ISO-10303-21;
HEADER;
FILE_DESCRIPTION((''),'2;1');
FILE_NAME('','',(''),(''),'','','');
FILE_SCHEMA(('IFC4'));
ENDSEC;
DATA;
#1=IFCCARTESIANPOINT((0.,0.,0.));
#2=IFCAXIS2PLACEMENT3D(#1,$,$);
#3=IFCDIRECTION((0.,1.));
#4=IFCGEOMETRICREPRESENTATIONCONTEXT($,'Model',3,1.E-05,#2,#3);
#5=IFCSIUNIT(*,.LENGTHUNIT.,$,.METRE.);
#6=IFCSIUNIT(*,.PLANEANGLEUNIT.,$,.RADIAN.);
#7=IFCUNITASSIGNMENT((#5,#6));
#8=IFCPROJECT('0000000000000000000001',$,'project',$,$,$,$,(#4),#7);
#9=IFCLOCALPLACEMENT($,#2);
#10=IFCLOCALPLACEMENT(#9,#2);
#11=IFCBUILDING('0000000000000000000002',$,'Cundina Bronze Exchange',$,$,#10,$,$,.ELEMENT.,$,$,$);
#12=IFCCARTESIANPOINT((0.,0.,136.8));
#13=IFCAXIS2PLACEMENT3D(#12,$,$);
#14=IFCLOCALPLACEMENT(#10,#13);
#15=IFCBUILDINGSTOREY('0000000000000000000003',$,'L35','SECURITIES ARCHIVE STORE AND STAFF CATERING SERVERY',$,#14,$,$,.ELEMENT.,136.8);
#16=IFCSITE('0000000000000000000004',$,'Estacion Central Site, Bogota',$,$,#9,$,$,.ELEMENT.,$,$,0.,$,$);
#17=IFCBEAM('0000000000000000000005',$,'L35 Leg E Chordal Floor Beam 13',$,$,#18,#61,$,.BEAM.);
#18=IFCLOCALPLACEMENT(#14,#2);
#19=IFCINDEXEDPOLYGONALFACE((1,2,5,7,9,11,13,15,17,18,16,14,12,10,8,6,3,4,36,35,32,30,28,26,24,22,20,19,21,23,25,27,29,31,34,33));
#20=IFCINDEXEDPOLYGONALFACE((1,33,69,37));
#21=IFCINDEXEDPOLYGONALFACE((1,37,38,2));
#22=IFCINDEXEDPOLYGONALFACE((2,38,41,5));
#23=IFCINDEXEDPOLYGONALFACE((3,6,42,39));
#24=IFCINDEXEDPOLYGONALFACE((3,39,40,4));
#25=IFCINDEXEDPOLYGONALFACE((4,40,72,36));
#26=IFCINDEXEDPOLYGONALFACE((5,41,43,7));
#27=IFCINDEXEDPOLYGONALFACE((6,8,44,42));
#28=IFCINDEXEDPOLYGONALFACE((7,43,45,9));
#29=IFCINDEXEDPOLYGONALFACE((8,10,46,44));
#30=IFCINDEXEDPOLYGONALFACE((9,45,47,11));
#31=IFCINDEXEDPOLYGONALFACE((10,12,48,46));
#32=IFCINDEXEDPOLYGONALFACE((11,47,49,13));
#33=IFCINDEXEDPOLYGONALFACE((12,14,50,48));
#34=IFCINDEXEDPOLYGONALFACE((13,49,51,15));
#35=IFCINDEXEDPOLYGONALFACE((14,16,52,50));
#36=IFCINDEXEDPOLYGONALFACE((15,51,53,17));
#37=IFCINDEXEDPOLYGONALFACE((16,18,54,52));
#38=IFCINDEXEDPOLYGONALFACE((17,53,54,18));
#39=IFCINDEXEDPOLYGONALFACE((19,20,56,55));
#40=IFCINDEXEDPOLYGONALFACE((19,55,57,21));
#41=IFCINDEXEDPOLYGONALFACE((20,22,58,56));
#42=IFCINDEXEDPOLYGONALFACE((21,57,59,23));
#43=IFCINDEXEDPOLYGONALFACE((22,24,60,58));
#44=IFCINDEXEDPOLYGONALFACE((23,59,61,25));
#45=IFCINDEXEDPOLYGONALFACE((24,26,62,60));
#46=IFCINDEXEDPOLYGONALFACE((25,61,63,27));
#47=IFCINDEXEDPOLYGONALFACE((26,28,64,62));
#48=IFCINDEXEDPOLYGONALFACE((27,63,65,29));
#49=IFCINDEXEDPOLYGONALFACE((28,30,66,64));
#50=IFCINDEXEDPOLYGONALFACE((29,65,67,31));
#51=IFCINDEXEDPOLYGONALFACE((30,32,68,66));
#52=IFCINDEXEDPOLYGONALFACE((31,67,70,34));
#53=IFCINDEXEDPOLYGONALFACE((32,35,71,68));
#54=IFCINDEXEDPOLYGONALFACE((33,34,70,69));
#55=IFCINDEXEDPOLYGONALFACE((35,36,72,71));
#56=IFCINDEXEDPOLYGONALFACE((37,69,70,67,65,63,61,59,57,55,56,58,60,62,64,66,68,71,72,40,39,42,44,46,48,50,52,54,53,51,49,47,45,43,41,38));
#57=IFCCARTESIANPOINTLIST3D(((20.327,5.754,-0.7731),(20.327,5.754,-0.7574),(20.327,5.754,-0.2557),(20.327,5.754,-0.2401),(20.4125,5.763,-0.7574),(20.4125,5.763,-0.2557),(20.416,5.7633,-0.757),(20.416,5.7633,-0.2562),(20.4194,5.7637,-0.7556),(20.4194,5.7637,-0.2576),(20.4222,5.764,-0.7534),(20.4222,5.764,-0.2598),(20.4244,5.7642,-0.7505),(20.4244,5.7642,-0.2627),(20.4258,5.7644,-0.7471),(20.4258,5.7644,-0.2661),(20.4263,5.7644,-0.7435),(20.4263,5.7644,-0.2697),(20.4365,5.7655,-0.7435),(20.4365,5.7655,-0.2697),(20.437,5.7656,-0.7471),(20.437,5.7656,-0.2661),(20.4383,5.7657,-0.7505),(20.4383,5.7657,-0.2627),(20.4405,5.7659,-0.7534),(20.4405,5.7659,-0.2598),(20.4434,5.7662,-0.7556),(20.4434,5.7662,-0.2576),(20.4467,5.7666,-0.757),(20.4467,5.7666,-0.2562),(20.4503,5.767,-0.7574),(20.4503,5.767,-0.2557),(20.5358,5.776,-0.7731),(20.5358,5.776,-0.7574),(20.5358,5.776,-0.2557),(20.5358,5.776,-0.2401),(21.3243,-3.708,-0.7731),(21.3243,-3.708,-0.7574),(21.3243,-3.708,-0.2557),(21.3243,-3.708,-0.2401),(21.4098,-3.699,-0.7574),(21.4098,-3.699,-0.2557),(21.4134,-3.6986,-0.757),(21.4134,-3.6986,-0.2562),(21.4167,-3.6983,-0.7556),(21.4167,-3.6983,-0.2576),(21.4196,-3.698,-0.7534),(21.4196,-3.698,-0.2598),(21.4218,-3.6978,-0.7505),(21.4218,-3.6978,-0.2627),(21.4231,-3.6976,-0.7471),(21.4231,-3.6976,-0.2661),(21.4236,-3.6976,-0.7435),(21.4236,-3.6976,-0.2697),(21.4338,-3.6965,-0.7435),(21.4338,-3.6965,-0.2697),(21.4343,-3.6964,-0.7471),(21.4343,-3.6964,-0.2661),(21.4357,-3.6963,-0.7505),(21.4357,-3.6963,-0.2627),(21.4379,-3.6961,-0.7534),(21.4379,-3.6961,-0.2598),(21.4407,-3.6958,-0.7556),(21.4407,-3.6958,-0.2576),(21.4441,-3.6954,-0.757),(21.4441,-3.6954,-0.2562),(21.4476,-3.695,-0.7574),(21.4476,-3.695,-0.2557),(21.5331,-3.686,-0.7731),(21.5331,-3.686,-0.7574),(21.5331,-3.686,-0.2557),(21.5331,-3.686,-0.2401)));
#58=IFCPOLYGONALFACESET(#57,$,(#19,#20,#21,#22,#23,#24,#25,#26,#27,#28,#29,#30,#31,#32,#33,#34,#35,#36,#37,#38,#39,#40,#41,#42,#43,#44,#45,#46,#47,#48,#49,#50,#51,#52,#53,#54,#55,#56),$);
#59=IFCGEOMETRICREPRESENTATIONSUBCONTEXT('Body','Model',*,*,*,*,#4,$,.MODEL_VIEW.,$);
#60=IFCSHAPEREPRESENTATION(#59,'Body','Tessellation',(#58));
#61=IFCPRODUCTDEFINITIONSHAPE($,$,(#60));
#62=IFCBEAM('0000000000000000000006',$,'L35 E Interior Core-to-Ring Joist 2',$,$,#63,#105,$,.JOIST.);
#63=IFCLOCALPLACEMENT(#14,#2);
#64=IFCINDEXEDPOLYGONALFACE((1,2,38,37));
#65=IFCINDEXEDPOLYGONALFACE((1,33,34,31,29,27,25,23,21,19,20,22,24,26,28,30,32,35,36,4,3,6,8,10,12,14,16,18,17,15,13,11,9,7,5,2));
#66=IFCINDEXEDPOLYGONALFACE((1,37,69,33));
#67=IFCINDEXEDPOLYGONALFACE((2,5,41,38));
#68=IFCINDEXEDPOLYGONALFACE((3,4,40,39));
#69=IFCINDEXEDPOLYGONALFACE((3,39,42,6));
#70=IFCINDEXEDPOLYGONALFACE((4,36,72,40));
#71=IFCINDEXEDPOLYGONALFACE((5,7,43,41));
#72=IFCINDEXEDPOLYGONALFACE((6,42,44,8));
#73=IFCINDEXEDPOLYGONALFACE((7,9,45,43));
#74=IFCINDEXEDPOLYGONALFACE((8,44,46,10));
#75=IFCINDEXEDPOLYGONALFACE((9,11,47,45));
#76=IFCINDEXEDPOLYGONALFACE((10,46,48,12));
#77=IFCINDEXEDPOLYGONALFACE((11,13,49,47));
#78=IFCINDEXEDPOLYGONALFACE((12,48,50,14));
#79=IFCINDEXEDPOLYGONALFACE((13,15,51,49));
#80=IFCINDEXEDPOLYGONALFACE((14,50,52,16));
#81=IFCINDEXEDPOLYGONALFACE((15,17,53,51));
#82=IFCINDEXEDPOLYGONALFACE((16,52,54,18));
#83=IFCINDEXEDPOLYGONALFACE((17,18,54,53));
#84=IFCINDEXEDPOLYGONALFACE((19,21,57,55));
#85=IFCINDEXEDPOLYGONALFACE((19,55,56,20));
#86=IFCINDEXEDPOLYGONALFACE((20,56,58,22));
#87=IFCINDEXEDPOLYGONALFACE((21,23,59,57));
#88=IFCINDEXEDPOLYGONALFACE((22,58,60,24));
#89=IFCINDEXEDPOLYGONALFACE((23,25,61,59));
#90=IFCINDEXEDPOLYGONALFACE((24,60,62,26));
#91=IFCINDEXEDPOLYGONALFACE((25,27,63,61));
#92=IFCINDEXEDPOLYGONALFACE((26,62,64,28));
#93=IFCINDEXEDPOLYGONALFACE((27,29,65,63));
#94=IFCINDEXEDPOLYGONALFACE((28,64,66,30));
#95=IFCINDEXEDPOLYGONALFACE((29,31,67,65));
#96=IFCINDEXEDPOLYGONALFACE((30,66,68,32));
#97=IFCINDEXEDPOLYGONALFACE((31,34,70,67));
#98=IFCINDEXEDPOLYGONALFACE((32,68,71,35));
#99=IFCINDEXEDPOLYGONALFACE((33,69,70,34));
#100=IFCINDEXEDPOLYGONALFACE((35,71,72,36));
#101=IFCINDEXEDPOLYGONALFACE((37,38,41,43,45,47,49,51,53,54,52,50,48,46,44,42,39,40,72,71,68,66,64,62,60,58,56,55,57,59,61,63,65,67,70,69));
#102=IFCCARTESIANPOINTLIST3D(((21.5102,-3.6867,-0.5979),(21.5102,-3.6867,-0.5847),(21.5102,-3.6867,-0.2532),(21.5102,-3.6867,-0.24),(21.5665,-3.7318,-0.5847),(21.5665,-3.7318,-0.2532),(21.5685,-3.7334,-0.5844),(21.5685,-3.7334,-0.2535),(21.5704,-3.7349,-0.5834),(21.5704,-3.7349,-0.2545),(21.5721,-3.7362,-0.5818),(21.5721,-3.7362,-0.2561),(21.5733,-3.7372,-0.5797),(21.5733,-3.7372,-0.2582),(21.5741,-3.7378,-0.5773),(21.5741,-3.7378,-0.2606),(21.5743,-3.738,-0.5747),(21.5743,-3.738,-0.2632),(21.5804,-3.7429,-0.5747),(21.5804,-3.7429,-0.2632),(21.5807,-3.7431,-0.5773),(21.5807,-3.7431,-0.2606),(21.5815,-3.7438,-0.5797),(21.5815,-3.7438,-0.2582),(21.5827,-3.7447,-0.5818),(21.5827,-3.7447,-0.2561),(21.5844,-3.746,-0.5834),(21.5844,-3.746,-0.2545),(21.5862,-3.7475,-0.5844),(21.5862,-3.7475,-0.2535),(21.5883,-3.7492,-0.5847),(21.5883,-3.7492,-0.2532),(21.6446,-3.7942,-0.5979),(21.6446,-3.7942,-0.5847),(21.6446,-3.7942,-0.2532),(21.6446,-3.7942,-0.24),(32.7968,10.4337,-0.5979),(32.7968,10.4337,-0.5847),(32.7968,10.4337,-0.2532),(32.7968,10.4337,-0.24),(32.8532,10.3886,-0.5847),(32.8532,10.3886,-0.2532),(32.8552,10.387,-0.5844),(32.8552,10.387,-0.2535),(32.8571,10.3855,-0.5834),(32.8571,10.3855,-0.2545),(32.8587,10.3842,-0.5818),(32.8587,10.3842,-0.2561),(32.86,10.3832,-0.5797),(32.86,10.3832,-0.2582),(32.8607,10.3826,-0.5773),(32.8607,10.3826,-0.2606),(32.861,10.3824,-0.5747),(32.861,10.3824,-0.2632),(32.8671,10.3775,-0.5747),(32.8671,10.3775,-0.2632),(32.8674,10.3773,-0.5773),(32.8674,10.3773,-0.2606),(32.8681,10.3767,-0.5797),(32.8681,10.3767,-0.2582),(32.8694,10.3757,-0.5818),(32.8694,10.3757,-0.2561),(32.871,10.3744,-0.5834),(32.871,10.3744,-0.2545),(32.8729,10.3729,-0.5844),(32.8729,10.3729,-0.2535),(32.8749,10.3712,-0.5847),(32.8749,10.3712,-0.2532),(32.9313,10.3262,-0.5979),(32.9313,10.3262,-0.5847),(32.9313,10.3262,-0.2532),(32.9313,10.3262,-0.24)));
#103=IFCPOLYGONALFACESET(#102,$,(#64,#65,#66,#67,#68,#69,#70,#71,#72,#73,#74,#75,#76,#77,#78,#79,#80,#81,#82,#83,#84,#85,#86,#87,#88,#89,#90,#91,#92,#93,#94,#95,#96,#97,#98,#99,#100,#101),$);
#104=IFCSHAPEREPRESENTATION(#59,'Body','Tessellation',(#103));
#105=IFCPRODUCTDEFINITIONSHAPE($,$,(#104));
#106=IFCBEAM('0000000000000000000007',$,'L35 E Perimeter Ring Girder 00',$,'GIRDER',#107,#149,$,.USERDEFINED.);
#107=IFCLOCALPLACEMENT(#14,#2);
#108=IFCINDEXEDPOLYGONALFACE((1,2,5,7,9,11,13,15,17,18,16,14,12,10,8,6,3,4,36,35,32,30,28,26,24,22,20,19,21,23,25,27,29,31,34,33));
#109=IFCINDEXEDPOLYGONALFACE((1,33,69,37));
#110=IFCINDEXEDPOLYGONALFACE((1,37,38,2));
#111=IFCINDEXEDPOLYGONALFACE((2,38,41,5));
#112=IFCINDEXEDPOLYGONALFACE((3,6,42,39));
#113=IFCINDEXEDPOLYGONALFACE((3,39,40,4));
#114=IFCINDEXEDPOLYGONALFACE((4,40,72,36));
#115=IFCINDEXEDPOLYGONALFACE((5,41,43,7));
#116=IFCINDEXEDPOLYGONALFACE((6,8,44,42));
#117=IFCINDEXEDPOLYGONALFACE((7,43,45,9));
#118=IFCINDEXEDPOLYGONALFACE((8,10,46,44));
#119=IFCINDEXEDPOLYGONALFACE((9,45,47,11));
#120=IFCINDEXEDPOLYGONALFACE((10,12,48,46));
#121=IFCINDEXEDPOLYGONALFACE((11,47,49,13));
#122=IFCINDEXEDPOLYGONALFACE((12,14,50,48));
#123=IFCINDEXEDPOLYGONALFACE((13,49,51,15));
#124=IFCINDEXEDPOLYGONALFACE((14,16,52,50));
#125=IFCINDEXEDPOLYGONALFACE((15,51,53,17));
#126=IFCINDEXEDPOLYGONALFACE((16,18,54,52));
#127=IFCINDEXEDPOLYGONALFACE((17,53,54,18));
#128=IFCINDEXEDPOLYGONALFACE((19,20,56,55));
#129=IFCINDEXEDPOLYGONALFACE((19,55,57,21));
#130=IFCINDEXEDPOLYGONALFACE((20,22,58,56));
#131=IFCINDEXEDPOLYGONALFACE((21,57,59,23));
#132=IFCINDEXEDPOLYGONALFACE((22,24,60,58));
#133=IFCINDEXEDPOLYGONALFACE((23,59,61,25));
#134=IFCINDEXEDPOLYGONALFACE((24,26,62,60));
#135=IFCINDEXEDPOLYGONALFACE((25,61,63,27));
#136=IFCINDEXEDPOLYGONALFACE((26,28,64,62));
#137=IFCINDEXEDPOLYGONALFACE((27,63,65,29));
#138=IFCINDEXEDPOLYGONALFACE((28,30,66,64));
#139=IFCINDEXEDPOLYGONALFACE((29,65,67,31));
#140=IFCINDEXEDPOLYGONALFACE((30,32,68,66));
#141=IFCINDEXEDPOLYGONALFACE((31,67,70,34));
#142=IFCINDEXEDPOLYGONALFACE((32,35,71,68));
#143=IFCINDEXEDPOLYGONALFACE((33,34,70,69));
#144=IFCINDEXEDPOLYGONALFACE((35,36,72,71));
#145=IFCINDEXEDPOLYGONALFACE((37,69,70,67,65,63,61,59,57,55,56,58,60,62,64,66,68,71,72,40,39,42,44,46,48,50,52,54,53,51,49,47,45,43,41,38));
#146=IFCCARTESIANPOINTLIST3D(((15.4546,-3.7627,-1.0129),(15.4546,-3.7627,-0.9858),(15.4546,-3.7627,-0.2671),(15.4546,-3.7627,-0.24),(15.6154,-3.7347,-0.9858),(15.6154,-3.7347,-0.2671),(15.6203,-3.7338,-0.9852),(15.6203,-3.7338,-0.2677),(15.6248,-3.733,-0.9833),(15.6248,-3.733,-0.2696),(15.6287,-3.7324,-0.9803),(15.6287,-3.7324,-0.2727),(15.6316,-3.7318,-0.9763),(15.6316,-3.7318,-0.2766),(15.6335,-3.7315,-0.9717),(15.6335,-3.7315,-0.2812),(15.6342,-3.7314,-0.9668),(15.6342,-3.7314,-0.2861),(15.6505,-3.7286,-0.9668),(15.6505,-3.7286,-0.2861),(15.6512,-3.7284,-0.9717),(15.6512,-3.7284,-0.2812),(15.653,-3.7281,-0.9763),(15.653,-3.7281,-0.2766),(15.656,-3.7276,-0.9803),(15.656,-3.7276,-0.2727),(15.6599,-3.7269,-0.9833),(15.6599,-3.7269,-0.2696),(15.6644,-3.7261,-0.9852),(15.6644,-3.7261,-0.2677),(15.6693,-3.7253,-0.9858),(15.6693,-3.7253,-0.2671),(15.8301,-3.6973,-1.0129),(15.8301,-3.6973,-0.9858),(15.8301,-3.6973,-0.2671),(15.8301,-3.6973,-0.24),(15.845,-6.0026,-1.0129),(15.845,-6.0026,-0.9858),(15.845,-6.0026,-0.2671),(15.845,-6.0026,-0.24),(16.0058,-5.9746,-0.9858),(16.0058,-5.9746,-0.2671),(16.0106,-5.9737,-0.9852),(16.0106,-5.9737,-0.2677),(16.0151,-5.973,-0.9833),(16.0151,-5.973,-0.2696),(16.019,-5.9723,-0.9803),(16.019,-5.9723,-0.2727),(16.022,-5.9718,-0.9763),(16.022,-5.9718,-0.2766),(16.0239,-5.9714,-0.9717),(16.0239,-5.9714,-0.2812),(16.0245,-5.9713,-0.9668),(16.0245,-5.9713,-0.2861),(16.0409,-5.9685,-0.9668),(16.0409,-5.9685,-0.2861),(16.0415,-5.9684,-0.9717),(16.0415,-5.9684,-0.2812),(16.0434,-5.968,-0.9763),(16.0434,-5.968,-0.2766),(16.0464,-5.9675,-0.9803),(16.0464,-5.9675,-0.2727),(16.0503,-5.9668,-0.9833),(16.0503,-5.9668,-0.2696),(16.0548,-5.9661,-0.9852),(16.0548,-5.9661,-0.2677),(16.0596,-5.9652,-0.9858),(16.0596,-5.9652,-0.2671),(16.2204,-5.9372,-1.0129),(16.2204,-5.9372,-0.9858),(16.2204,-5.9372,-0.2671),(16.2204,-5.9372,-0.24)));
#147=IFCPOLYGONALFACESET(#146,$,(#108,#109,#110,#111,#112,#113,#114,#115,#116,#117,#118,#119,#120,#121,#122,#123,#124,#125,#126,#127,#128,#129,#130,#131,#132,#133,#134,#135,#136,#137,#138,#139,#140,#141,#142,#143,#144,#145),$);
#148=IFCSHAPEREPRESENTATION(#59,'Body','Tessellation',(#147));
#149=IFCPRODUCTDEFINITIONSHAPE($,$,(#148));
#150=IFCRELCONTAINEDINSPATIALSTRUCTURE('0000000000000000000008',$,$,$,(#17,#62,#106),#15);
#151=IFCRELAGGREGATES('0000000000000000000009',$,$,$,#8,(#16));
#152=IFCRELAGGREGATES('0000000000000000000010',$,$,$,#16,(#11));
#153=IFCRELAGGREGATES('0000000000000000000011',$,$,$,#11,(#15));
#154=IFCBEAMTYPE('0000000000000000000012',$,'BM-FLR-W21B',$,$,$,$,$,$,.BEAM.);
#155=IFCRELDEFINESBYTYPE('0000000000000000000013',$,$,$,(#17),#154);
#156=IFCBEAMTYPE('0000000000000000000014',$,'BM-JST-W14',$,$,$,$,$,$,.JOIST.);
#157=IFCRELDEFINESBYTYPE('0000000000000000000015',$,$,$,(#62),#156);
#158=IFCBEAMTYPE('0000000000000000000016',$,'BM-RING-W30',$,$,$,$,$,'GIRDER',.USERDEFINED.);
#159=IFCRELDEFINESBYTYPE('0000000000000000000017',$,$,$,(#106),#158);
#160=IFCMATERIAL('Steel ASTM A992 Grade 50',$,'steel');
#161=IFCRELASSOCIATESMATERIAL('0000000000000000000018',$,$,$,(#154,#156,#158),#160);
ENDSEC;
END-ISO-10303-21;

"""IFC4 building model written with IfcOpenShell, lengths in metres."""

from ifc_helpers import new_model, si_unit, direction, frame, origin, origin_2d, place, context, subcontext, project, spatial, i_section, extrude, material, material_profile, profile_set, type_object, element, save


model = new_model("IFC4")

# Units and contexts
model_context = context("Model", 3, precision=1e-05, world=origin(), true_north=direction((0.0, 1.0)))
body_context = subcontext(model_context, "Body", "Model", "MODEL_VIEW")
ifc_project = project(units=[si_unit("LENGTHUNIT", "METRE"), si_unit("PLANEANGLEUNIT", "RADIAN")], contexts=[model_context])

# Site, building, storey
site_placement = place(None, origin())
site = spatial("IfcSite", under=ifc_project, at=site_placement, Name="Estacion Central Site, Bogota", CompositionType="ELEMENT", RefElevation=0.0)
building_placement = place(site_placement, origin())
building = spatial("IfcBuilding", under=site, at=building_placement, Name="Cundina Bronze Exchange", CompositionType="ELEMENT")
storey_placement = place(building_placement, frame((0.0, 0.0, 136.8)))
storey = spatial("IfcBuildingStorey", under=building, at=storey_placement, Name="L35", Description="SECURITIES ARCHIVE STORE AND STAFF CATERING SERVERY", CompositionType="ELEMENT", Elevation=136.8)

# Shared definitions
ifc_material_1 = material(Name="Steel ASTM A992 Grade 50", Category="steel")

# Beams
ifc_material_profile_1 = material_profile(ifc_material_1, i_section(OverallWidth=0.21, OverallDepth=0.533, WebThickness=0.0103, FlangeThickness=0.0156, FilletRadius=0.0139, at=origin_2d()), Name="W21X62", Category="steel")
ifc_profile_set_1 = profile_set([ifc_material_profile_1], Name="Steel ASTM A992 Grade 50")
beam_type_1 = type_object("IfcBeamType", Name="BM-FLR-W21B", PredefinedType="BEAM", material=ifc_profile_set_1)
beam_1_placement = place(storey_placement, frame((21.4287, -3.697, -0.5066), z_axis=(-0.104822, 0.994491, 0.0), x_axis=(-0.994491, -0.104822, 0.0)))
element("IfcBeam", 1, at=beam_1_placement, inside=storey, type_object=beam_type_1, Name="L35 Leg E Chordal Floor Beam 13", PredefinedType="BEAM", context=body_context, shape_type="SweptSolid", body=[
    extrude(i_section(OverallWidth=0.21, OverallDepth=0.533, WebThickness=0.0103, FlangeThickness=0.0156, FilletRadius=0.0139, at=origin_2d()), origin(), (0.0, 0.0, 1.0), 9.5144),
])
ifc_material_profile_2 = material_profile(ifc_material_1, i_section(OverallWidth=0.1721, OverallDepth=0.3579, WebThickness=0.0078, FlangeThickness=0.0132, FilletRadius=0.01, at=origin_2d()), Name="W14X38", Category="steel")
ifc_profile_set_2 = profile_set([ifc_material_profile_2], Name="Steel ASTM A992 Grade 50")
beam_type_2 = type_object("IfcBeamType", Name="BM-JST-W14", PredefinedType="JOIST", material=ifc_profile_set_2)
beam_2_placement = place(storey_placement, frame((21.5774, -3.7405, -0.4189), z_axis=(0.624369, 0.78113, 0.0), x_axis=(-0.78113, 0.624369, 0.0)))
element("IfcBeam", 2, at=beam_2_placement, inside=storey, type_object=beam_type_2, Name="L35 E Interior Core-to-Ring Joist 2", PredefinedType="JOIST", context=body_context, shape_type="SweptSolid", body=[
    extrude(i_section(OverallWidth=0.1721, OverallDepth=0.3579, WebThickness=0.0078, FlangeThickness=0.0132, FilletRadius=0.01, at=origin_2d()), origin(), (0.0, 0.0, 1.0), 18.0769),
])
ifc_material_profile_3 = material_profile(ifc_material_1, i_section(OverallWidth=0.3811, OverallDepth=0.7729, WebThickness=0.0166, FlangeThickness=0.0271, FilletRadius=0.019, at=origin_2d()), Name="W30X173", Category="steel")
ifc_profile_set_3 = profile_set([ifc_material_profile_3], Name="Steel ASTM A992 Grade 50")
beam_type_3 = type_object("IfcBeamType", Name="BM-RING-W30", ElementType="GIRDER", PredefinedType="USERDEFINED", material=ifc_profile_set_3)
beam_3_placement = place(storey_placement, frame((15.6423, -3.73, -0.6265), z_axis=(0.17169, -0.985151, 0.0), x_axis=(0.985151, 0.17169, 0.0)))
element("IfcBeam", 3, at=beam_3_placement, inside=storey, type_object=beam_type_3, Name="L35 E Perimeter Ring Girder 00", ObjectType="GIRDER", PredefinedType="USERDEFINED", context=body_context, shape_type="SweptSolid", body=[
    extrude(i_section(OverallWidth=0.3811, OverallDepth=0.7729, WebThickness=0.0166, FlangeThickness=0.0271, FilletRadius=0.019, at=origin_2d()), origin(), (0.0, 0.0, 1.0), 2.2737),
])

save(model, "model.ifc")
